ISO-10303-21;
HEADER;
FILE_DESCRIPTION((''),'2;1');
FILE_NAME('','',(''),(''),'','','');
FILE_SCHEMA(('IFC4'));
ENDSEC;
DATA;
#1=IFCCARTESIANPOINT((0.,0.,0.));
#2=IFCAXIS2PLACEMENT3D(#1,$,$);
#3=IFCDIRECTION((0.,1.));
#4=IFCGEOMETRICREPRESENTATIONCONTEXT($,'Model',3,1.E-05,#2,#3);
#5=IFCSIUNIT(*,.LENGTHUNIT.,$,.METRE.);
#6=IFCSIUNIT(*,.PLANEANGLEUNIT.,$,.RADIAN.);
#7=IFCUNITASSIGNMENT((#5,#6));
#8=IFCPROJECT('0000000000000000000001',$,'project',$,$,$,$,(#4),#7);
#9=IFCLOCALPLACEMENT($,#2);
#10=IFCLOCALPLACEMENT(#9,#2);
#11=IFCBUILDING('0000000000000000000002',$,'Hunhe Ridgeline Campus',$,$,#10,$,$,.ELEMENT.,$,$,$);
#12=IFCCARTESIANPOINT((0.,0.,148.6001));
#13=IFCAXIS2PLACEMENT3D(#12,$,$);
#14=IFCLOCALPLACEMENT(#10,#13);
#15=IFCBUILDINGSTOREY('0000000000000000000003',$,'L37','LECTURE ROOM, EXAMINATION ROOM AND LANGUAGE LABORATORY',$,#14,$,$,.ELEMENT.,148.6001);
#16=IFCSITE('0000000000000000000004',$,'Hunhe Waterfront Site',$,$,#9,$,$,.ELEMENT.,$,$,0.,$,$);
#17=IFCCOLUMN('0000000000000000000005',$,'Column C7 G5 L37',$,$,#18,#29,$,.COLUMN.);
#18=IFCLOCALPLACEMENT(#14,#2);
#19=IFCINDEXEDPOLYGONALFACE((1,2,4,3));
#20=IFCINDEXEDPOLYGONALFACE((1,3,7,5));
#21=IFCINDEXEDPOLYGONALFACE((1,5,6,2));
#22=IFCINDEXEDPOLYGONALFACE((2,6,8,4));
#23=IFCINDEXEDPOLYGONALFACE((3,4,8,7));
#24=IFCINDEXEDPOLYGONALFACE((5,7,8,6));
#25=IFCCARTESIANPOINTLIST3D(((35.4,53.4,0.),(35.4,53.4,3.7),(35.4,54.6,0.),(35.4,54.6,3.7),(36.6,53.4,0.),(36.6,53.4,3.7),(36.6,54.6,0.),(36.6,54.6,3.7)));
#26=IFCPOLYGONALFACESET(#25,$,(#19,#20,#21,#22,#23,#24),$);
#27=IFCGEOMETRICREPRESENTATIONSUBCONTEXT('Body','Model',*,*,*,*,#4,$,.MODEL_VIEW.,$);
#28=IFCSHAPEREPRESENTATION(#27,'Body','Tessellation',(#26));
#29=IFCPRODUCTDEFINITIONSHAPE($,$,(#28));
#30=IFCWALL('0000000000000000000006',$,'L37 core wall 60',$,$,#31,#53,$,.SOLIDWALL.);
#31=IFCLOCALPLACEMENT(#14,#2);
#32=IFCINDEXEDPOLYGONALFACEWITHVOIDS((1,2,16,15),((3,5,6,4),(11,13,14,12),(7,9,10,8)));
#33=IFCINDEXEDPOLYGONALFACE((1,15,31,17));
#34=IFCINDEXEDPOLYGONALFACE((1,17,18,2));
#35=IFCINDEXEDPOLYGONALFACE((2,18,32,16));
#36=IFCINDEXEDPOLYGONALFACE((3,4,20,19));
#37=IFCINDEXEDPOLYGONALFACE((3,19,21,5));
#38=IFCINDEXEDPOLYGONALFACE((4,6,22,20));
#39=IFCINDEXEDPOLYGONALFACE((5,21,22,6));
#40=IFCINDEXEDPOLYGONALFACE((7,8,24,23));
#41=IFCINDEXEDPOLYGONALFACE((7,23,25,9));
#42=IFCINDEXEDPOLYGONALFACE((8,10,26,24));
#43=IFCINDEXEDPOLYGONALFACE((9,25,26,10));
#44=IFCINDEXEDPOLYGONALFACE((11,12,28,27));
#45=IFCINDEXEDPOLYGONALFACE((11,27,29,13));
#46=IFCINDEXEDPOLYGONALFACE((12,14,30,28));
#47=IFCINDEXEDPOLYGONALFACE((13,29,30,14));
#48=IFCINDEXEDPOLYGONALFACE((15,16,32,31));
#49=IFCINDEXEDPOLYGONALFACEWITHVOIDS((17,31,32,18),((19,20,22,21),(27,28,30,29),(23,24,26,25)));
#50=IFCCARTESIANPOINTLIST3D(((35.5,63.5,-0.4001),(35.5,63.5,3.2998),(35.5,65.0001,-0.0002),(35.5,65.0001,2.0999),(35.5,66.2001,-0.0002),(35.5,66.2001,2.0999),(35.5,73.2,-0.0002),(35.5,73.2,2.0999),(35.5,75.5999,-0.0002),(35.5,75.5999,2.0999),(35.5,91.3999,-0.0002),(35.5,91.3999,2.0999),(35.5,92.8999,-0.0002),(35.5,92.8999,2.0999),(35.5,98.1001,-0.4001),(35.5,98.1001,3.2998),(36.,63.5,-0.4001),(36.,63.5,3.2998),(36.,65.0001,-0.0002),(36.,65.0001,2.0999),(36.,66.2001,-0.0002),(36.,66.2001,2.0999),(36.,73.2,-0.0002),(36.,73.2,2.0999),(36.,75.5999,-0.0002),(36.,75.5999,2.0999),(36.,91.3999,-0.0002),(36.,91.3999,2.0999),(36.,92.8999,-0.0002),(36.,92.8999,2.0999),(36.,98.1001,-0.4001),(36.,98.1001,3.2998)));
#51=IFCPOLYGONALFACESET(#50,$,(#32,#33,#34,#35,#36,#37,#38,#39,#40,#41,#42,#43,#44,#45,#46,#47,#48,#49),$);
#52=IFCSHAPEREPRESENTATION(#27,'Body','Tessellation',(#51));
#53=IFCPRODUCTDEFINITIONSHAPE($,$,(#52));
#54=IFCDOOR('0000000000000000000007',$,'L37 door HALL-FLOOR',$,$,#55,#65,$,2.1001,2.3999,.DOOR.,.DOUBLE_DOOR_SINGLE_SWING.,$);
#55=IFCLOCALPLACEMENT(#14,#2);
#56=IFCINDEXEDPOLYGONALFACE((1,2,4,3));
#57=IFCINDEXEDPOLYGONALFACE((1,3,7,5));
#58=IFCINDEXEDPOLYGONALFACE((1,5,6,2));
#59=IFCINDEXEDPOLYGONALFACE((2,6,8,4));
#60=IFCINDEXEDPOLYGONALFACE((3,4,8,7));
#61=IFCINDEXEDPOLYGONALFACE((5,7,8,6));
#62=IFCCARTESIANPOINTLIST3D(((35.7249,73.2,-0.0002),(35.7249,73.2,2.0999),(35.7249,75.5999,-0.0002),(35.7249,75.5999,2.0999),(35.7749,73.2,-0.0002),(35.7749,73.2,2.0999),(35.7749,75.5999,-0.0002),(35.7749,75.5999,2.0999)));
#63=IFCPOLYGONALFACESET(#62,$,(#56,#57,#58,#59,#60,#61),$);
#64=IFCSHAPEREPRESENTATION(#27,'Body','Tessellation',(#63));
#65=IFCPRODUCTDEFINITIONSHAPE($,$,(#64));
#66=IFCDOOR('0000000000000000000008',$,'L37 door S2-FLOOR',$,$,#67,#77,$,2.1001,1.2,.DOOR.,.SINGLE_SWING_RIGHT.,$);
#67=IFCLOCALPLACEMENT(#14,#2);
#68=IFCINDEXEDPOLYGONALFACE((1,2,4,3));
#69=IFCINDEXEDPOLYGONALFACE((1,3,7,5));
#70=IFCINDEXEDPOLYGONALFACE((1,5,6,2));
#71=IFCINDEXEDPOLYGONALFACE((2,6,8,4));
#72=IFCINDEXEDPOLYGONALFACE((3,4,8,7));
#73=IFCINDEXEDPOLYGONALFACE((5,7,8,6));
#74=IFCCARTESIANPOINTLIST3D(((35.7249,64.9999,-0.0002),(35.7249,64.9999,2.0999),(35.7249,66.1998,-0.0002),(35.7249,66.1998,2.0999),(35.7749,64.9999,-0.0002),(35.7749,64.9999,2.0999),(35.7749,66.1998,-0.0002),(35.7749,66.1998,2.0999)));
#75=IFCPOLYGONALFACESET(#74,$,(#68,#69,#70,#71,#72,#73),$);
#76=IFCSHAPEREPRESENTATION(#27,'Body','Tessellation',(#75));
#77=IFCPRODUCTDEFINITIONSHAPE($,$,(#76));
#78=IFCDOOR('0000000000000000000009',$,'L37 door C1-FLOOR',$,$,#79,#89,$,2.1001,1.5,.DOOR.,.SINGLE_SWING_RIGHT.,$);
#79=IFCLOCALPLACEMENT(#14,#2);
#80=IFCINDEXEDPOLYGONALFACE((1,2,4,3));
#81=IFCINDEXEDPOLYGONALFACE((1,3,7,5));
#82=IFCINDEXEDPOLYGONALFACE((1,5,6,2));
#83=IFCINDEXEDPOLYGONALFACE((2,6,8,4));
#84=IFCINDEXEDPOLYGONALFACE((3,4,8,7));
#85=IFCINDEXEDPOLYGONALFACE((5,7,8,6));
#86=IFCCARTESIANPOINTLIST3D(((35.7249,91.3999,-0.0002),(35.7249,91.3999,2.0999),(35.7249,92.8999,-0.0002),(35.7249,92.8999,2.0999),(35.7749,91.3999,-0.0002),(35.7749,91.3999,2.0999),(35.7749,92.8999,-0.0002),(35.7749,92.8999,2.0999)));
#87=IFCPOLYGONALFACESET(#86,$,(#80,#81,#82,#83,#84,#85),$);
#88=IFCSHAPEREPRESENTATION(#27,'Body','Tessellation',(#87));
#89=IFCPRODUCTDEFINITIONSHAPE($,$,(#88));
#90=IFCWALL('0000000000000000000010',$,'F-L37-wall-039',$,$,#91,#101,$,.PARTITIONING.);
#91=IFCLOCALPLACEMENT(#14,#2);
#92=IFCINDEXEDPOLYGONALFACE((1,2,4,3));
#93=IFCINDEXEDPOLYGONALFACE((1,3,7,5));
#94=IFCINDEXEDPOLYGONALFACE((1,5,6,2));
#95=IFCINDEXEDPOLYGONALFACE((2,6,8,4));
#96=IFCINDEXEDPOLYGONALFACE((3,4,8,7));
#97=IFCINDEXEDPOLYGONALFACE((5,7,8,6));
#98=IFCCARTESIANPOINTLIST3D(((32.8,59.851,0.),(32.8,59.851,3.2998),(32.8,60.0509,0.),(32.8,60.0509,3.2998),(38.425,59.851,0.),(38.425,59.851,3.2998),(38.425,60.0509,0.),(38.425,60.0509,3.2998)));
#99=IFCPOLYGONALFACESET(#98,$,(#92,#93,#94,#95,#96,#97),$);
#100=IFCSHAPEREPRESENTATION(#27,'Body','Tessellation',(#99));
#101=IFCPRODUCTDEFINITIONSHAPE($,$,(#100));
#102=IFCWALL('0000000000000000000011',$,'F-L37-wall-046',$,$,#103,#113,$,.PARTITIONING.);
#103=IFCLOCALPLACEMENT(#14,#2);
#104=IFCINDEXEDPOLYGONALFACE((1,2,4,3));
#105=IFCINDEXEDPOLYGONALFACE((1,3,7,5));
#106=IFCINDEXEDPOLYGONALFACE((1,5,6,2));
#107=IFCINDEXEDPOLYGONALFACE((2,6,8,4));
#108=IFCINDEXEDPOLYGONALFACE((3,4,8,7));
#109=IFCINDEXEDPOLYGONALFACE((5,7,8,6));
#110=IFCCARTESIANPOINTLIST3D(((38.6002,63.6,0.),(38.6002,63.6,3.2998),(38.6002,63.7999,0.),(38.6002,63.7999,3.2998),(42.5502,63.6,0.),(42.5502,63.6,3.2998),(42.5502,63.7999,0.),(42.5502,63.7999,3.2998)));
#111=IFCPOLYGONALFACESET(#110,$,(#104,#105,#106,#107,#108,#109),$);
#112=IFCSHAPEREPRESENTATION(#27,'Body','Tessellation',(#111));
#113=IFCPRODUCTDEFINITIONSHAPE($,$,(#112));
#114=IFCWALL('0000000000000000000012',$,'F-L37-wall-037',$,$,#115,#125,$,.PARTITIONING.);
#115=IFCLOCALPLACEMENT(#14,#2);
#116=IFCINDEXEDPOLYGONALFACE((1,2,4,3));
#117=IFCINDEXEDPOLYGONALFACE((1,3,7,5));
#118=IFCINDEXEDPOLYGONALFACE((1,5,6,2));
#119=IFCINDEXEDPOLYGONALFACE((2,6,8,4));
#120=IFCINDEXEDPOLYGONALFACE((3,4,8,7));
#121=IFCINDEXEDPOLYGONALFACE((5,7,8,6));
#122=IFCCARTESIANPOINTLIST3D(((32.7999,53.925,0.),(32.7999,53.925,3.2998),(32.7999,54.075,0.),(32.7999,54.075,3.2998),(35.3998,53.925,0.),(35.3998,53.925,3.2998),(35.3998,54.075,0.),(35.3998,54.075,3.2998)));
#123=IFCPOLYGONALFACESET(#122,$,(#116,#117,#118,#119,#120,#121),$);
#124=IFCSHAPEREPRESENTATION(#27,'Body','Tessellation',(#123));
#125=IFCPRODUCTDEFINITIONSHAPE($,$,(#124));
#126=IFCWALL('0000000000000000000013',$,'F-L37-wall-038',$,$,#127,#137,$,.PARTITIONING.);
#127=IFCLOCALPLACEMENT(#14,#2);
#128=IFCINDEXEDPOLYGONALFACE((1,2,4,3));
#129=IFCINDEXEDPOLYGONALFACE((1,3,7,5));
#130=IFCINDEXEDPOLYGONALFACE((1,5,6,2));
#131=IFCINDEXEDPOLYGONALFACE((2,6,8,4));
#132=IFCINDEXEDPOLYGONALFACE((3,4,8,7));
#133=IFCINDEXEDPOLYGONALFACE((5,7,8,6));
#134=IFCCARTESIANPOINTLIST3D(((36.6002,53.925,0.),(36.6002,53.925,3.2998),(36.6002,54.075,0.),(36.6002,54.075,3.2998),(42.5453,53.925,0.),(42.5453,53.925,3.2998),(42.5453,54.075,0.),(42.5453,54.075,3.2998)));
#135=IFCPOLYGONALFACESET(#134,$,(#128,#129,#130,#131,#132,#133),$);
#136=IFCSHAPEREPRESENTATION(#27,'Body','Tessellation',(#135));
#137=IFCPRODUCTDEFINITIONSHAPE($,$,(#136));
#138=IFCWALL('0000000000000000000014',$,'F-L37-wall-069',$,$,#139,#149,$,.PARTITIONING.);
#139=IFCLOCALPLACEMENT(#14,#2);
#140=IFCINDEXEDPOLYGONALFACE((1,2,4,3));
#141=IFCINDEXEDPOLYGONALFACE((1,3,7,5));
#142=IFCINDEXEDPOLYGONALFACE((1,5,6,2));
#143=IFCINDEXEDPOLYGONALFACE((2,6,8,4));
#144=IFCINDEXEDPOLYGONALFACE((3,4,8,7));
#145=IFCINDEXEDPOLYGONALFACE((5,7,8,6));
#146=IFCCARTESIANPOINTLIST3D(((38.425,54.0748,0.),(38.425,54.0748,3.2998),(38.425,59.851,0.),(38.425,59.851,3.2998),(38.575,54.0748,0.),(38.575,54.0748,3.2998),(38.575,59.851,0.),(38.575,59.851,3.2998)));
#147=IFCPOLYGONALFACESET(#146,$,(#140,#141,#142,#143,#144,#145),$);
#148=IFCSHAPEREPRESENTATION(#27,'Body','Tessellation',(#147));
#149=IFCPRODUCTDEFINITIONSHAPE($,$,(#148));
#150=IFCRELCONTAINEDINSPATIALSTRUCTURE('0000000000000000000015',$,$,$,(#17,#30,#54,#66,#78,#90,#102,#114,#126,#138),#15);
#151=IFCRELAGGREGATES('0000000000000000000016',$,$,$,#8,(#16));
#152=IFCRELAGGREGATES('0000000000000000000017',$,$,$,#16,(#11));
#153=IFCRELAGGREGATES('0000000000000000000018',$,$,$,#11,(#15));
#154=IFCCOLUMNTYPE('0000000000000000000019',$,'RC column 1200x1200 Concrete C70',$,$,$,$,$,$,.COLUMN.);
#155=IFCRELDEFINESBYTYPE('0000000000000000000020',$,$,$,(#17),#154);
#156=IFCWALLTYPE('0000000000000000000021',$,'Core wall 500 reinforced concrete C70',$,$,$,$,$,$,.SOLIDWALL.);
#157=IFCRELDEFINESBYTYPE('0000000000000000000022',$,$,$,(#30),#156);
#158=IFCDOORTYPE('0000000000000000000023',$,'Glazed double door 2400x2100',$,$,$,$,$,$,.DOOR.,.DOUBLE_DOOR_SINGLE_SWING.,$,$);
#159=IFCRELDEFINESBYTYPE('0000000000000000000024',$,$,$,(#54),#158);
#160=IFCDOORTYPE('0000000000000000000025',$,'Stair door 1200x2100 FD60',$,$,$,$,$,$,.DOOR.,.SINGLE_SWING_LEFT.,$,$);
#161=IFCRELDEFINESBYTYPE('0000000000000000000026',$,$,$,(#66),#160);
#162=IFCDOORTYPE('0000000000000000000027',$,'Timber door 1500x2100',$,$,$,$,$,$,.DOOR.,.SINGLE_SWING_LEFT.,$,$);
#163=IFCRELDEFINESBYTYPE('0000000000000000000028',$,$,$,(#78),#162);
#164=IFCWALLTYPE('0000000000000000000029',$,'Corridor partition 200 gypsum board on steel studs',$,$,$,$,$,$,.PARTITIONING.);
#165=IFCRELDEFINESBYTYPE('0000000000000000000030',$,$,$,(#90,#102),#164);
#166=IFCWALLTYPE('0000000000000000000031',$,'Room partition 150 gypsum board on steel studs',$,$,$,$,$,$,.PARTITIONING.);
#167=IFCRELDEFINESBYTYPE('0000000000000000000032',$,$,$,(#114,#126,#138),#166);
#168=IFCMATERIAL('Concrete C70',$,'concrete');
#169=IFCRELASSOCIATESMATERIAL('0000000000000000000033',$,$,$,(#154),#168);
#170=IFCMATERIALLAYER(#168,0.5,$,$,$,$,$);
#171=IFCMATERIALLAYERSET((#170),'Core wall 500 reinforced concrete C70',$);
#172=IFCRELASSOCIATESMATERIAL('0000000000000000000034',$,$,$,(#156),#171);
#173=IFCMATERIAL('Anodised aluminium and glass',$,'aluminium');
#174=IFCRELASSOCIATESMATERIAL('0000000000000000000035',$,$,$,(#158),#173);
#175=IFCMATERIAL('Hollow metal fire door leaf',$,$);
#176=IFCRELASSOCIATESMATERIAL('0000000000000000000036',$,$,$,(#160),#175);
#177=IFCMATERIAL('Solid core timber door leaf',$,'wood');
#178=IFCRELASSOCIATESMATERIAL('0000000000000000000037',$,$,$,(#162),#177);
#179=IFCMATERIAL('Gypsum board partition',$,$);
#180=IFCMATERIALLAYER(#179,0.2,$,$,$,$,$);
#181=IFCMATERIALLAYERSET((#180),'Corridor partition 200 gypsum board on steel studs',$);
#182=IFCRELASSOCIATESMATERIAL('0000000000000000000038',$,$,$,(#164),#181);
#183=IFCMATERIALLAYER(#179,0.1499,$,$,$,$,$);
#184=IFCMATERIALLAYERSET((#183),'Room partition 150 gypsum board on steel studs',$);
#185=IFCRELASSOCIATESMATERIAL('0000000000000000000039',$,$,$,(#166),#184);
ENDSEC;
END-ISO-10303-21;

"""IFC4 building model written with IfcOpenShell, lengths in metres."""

from ifc_helpers import new_model, si_unit, direction, frame, frame_2d, origin, origin_2d, place, context, subcontext, project, spatial, rectangle, extrude, material, layer, layer_set, material_profile, profile_set, type_object, element, fill, save


model = new_model("IFC4")

# Units and contexts
model_context = context("Model", 3, precision=1e-05, world=origin(), true_north=direction((0.0, 1.0)))
body_context = subcontext(model_context, "Body", "Model", "MODEL_VIEW")
ifc_project = project(units=[si_unit("LENGTHUNIT", "METRE"), si_unit("PLANEANGLEUNIT", "RADIAN")], contexts=[model_context])

# Site, building, storey
site_placement = place(None, origin())
site = spatial("IfcSite", under=ifc_project, at=site_placement, Name="Hunhe Waterfront Site", CompositionType="ELEMENT", RefElevation=0.0)
building_placement = place(site_placement, origin())
building = spatial("IfcBuilding", under=site, at=building_placement, Name="Hunhe Ridgeline Campus", CompositionType="ELEMENT")
storey_placement = place(building_placement, frame((0.0, 0.0, 148.6001)))
storey = spatial("IfcBuildingStorey", under=building, at=storey_placement, Name="L37", Description="LECTURE ROOM, EXAMINATION ROOM AND LANGUAGE LABORATORY", CompositionType="ELEMENT", Elevation=148.6001)

# Column
ifc_material_1 = material(Name="Concrete C70", Category="concrete")
ifc_material_profile = material_profile(ifc_material_1, rectangle(XDim=1.2, YDim=1.2, at=origin_2d()))
ifc_profile_set = profile_set([ifc_material_profile], Name="Concrete C70")
column_type = type_object("IfcColumnType", Name="RC column 1200x1200 Concrete C70", PredefinedType="COLUMN", material=ifc_profile_set)
column_placement = place(storey_placement, frame((36.0, 54.0, 0.0), z_axis=(0.0, 0.0, 1.0), x_axis=(1.0, 0.0, 0.0)))
element("IfcColumn", 1, at=column_placement, inside=storey, type_object=column_type, Name="Column C7 G5 L37", PredefinedType="COLUMN", context=body_context, shape_type="SweptSolid", body=[
    extrude(rectangle(XDim=1.2, YDim=1.2, at=origin_2d()), origin(), (0.0, 0.0, 1.0), 3.7),
])

# Wall, openings, doors
ifc_layer_1 = layer(ifc_material_1, 0.5)
ifc_layer_set_1 = layer_set([ifc_layer_1], Name="Core wall 500 reinforced concrete C70")
wall_type_1 = type_object("IfcWallType", Name="Core wall 500 reinforced concrete C70", PredefinedType="SOLIDWALL", material=ifc_layer_set_1)
wall_1_placement = place(storey_placement, frame((35.75, 63.5, -0.4001), z_axis=(0.0, 0.0, 1.0), x_axis=(0.0, 1.0, 0.0)))
wall_1 = element("IfcWall", 2, at=wall_1_placement, inside=storey, type_object=wall_type_1, Name="L37 core wall 60", PredefinedType="SOLIDWALL", context=body_context, shape_type="SweptSolid", body=[
    extrude(rectangle(XDim=34.6001, YDim=0.5, at=frame_2d((17.3, 0.0))), origin(), (0.0, 0.0, 1.0), 3.7),
])
opening_1_placement = place(wall_1_placement, frame((9.7, 0.0, 0.3999)))
opening_1 = element("IfcOpeningElement", 3, at=opening_1_placement, cuts=wall_1, PredefinedType="OPENING", context=body_context, shape_type="SweptSolid", body=[
    extrude(rectangle(XDim=2.3999, YDim=2.1001, at=frame_2d((1.2, 1.05))), frame((0.0, 0.25, 0.0), z_axis=(0.0, -1.0, 0.0), x_axis=(1.0, 0.0, 0.0)), (0.0, 0.0, 1.0), 0.5),
])
opening_2_placement = place(wall_1_placement, frame((27.8999, 0.0, 0.3999)))
opening_2 = element("IfcOpeningElement", 4, at=opening_2_placement, cuts=wall_1, PredefinedType="OPENING", context=body_context, shape_type="SweptSolid", body=[
    extrude(rectangle(XDim=1.5, YDim=2.1001, at=frame_2d((0.75, 1.05))), frame((0.0, 0.25, 0.0), z_axis=(0.0, -1.0, 0.0), x_axis=(1.0, 0.0, 0.0)), (0.0, 0.0, 1.0), 0.5),
])
opening_3_placement = place(wall_1_placement, frame((1.5, 0.0, 0.3999)))
opening_3 = element("IfcOpeningElement", 5, at=opening_3_placement, cuts=wall_1, PredefinedType="OPENING", context=body_context, shape_type="SweptSolid", body=[
    extrude(rectangle(XDim=1.2, YDim=2.1001, at=frame_2d((0.6001, 1.05))), frame((0.0, 0.25, 0.0), z_axis=(0.0, -1.0, 0.0), x_axis=(1.0, 0.0, 0.0)), (0.0, 0.0, 1.0), 0.5),
])
ifc_material_2 = material(Name="Anodised aluminium and glass", Category="aluminium")
door_type_1 = type_object("IfcDoorType", Name="Glazed double door 2400x2100", OperationType="DOUBLE_DOOR_SINGLE_SWING", PredefinedType="DOOR", material=ifc_material_2)
door_1_placement = place(opening_1_placement, frame((2.3999, 0.0, 0.0), z_axis=(0.0, 0.0, 1.0), x_axis=(-1.0, 0.0, 0.0)))
door_1 = element("IfcDoor", 6, at=door_1_placement, inside=storey, type_object=door_type_1, Name="L37 door HALL-FLOOR", OperationType="DOUBLE_DOOR_SINGLE_SWING", OverallHeight=2.1001, OverallWidth=2.3999, PredefinedType="DOOR", context=body_context, shape_type="SweptSolid", body=[
    extrude(rectangle(XDim=2.3999, YDim=2.1001, at=frame_2d((1.2, 1.05))), frame((0.0, 0.0249, 0.0), z_axis=(0.0, -1.0, 0.0), x_axis=(1.0, 0.0, 0.0)), (0.0, 0.0, 1.0), 0.05),
])
fill(opening_1, door_1)
ifc_material_3 = material(Name="Hollow metal fire door leaf")
door_type_2 = type_object("IfcDoorType", Name="Stair door 1200x2100 FD60", OperationType="SINGLE_SWING_LEFT", PredefinedType="DOOR", material=ifc_material_3)
door_2_placement = place(opening_3_placement, frame((1.2, 0.0, 0.0), z_axis=(0.0, 0.0, 1.0), x_axis=(-1.0, 0.0, 0.0)))
door_2 = element("IfcDoor", 7, at=door_2_placement, inside=storey, type_object=door_type_2, Name="L37 door S2-FLOOR", OperationType="SINGLE_SWING_RIGHT", OverallHeight=2.1001, OverallWidth=1.2, PredefinedType="DOOR", context=body_context, shape_type="SweptSolid", body=[
    extrude(rectangle(XDim=1.2, YDim=2.1001, at=frame_2d((0.6001, 1.05))), frame((0.0, 0.0249, 0.0), z_axis=(0.0, -1.0, 0.0), x_axis=(1.0, 0.0, 0.0)), (0.0, 0.0, 1.0), 0.05),
])
fill(opening_3, door_2)
ifc_material_4 = material(Name="Solid core timber door leaf", Category="wood")
door_type_3 = type_object("IfcDoorType", Name="Timber door 1500x2100", OperationType="SINGLE_SWING_LEFT", PredefinedType="DOOR", material=ifc_material_4)
door_3_placement = place(opening_2_placement, frame((1.5, 0.0, 0.0), z_axis=(0.0, 0.0, 1.0), x_axis=(-1.0, 0.0, 0.0)))
door_3 = element("IfcDoor", 8, at=door_3_placement, inside=storey, type_object=door_type_3, Name="L37 door C1-FLOOR", OperationType="SINGLE_SWING_RIGHT", OverallHeight=2.1001, OverallWidth=1.5, PredefinedType="DOOR", context=body_context, shape_type="SweptSolid", body=[
    extrude(rectangle(XDim=1.5, YDim=2.1001, at=frame_2d((0.75, 1.05))), frame((0.0, 0.0249, 0.0), z_axis=(0.0, -1.0, 0.0), x_axis=(1.0, 0.0, 0.0)), (0.0, 0.0, 1.0), 0.05),
])
fill(opening_2, door_3)

# Walls
ifc_material_5 = material(Name="Gypsum board partition")
ifc_layer_2 = layer(ifc_material_5, 0.2)
ifc_layer_set_2 = layer_set([ifc_layer_2], Name="Corridor partition 200 gypsum board on steel studs")
wall_type_2 = type_object("IfcWallType", Name="Corridor partition 200 gypsum board on steel studs", PredefinedType="PARTITIONING", material=ifc_layer_set_2)
wall_2_placement = place(storey_placement, frame((38.425, 59.9509, 0.0), z_axis=(0.0, 0.0, 1.0), x_axis=(-1.0, 0.0, 0.0)))
element("IfcWall", 9, at=wall_2_placement, inside=storey, type_object=wall_type_2, Name="F-L37-wall-039", PredefinedType="PARTITIONING", context=body_context, shape_type="SweptSolid", body=[
    extrude(rectangle(XDim=5.625, YDim=0.2, at=frame_2d((2.8125, 0.0))), origin(), (0.0, 0.0, 1.0), 3.2998),
])
wall_3_placement = place(storey_placement, frame((38.6001, 63.7, 0.0), z_axis=(0.0, 0.0, 1.0), x_axis=(1.0, 0.0, 0.0)))
element("IfcWall", 10, at=wall_3_placement, inside=storey, type_object=wall_type_2, Name="F-L37-wall-046", PredefinedType="PARTITIONING", context=body_context, shape_type="SweptSolid", body=[
    extrude(rectangle(XDim=3.95, YDim=0.2, at=frame_2d((1.9751, 0.0))), origin(), (0.0, 0.0, 1.0), 3.2998),
])

# Walls
ifc_layer_3 = layer(ifc_material_5, 0.1499)
ifc_layer_set_3 = layer_set([ifc_layer_3], Name="Room partition 150 gypsum board on steel studs")
wall_type_3 = type_object("IfcWallType", Name="Room partition 150 gypsum board on steel studs", PredefinedType="PARTITIONING", material=ifc_layer_set_3)
wall_4_placement = place(storey_placement, frame((32.8, 54.0, 0.0), z_axis=(0.0, 0.0, 1.0), x_axis=(1.0, 0.0, 0.0)))
element("IfcWall", 11, at=wall_4_placement, inside=storey, type_object=wall_type_3, Name="F-L37-wall-037", PredefinedType="PARTITIONING", context=body_context, shape_type="SweptSolid", body=[
    extrude(rectangle(XDim=2.5999, YDim=0.1499, at=frame_2d((1.2998, 0.0))), origin(), (0.0, 0.0, 1.0), 3.2998),
])
wall_5_placement = place(storey_placement, frame((36.6001, 54.0, 0.0), z_axis=(0.0, 0.0, 1.0), x_axis=(1.0, 0.0, 0.0)))
element("IfcWall", 12, at=wall_5_placement, inside=storey, type_object=wall_type_3, Name="F-L37-wall-038", PredefinedType="PARTITIONING", context=body_context, shape_type="SweptSolid", body=[
    extrude(rectangle(XDim=5.9451, YDim=0.1499, at=frame_2d((2.9727, 0.0))), origin(), (0.0, 0.0, 1.0), 3.2998),
])
wall_6_placement = place(storey_placement, frame((38.5, 59.8511, 0.0), z_axis=(0.0, 0.0, 1.0), x_axis=(0.0, -1.0, 0.0)))
element("IfcWall", 13, at=wall_6_placement, inside=storey, type_object=wall_type_3, Name="F-L37-wall-069", PredefinedType="PARTITIONING", context=body_context, shape_type="SweptSolid", body=[
    extrude(rectangle(XDim=5.7761, YDim=0.1499, at=frame_2d((2.8882, 0.0))), origin(), (0.0, 0.0, 1.0), 3.2998),
])

save(model, "model.ifc")
